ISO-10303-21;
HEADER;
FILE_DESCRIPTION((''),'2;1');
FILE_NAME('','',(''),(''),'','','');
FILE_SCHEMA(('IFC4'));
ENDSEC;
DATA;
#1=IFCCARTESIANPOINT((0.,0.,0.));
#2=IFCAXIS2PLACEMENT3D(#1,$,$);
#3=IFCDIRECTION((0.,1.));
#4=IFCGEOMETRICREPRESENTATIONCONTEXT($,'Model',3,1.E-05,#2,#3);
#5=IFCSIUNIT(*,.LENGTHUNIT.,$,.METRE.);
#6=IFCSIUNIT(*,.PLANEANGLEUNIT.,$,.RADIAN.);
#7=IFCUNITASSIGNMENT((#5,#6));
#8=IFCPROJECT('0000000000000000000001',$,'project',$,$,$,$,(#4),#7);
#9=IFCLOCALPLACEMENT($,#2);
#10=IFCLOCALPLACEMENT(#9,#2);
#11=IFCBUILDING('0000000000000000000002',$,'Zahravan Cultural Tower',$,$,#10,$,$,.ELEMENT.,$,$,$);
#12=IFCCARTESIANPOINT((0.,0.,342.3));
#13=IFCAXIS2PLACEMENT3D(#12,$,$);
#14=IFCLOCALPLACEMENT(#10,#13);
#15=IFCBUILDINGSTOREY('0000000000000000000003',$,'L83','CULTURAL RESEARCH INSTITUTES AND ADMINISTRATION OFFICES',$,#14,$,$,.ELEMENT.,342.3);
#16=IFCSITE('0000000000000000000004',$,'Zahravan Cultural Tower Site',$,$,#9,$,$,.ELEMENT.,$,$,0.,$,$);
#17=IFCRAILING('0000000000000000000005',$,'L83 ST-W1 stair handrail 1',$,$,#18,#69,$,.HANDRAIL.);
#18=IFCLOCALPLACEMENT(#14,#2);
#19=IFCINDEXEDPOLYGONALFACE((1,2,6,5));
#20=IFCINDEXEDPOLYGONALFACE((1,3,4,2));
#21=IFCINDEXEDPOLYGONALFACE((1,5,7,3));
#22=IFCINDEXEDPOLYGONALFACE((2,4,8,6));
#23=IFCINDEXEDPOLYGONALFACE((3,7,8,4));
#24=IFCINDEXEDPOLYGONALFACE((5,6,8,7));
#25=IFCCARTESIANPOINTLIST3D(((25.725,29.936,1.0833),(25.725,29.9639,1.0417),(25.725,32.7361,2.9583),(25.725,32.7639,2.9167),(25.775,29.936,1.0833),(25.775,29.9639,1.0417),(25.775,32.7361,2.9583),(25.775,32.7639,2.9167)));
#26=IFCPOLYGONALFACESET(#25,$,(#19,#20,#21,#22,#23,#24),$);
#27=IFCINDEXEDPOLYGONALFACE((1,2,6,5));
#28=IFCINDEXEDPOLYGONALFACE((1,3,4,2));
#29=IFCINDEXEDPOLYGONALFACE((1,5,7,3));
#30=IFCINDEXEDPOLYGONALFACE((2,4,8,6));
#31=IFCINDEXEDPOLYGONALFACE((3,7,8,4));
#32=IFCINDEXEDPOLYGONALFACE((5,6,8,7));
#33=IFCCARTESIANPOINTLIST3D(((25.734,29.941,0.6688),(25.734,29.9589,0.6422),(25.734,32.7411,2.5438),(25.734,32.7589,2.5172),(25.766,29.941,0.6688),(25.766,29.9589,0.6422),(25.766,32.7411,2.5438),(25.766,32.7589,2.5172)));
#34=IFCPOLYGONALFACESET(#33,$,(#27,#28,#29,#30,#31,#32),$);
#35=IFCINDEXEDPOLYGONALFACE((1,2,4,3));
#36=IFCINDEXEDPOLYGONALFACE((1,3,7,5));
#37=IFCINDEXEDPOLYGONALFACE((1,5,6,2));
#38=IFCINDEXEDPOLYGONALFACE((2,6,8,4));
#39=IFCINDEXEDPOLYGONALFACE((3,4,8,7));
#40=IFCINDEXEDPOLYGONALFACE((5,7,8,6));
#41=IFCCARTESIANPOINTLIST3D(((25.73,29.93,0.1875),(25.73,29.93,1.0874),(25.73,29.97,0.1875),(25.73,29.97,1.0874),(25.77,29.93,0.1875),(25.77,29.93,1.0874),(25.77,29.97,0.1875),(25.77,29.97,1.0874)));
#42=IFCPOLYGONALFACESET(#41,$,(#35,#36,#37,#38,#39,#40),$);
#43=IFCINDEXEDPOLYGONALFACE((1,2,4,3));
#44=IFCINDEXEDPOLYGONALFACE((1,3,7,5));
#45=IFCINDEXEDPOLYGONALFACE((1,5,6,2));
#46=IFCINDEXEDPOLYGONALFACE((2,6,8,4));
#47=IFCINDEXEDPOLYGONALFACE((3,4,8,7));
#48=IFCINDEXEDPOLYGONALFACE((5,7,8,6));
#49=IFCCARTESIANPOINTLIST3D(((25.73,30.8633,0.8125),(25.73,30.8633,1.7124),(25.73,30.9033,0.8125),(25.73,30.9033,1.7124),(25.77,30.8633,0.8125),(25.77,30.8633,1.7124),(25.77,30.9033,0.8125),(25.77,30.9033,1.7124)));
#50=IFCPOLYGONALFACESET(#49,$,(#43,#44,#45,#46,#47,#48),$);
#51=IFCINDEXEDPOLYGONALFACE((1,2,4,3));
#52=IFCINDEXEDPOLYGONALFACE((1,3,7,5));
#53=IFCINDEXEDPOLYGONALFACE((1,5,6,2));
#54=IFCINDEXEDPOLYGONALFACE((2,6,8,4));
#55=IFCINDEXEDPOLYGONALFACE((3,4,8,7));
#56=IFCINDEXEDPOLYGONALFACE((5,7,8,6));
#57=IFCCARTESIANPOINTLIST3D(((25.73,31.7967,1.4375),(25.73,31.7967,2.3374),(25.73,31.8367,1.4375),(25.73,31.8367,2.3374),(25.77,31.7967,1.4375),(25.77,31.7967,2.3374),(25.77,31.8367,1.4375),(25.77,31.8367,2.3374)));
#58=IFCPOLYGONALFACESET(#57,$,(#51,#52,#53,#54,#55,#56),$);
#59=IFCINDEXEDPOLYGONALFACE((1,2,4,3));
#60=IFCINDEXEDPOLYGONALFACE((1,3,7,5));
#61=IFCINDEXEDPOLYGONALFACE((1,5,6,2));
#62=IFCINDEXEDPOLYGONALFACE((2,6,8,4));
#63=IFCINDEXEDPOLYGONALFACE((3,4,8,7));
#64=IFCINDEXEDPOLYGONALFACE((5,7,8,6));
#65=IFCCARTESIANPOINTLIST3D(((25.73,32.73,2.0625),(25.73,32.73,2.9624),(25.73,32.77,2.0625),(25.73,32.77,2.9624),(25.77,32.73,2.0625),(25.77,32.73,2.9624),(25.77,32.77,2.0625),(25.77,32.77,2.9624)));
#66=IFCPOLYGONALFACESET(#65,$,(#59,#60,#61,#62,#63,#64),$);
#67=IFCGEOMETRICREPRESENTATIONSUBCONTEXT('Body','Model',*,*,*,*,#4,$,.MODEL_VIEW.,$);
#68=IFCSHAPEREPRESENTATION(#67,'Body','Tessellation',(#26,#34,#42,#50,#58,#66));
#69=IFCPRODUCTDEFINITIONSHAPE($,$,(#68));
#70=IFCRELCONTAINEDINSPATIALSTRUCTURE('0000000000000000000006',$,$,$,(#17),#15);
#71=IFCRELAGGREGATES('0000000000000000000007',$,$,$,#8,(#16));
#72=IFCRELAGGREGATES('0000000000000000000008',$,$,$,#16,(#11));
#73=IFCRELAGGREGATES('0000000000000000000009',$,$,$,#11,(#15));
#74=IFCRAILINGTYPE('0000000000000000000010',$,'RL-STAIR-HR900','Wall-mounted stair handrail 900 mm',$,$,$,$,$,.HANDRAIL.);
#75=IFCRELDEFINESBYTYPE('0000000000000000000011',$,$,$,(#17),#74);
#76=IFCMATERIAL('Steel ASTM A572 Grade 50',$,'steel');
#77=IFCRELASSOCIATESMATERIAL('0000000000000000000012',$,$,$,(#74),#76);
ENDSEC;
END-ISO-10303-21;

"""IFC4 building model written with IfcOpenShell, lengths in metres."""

from ifc_helpers import new_model, si_unit, direction, frame, origin, origin_2d, place, context, subcontext, project, spatial, rectangle, extrude, material, type_object, element, save


model = new_model("IFC4")

# Units and contexts
model_context = context("Model", 3, precision=1e-05, world=origin(), true_north=direction((0.0, 1.0)))
body_context = subcontext(model_context, "Body", "Model", "MODEL_VIEW")
ifc_project = project(units=[si_unit("LENGTHUNIT", "METRE"), si_unit("PLANEANGLEUNIT", "RADIAN")], contexts=[model_context])

# Site, building, storey
site_placement = place(None, origin())
site = spatial("IfcSite", under=ifc_project, at=site_placement, Name="Zahravan Cultural Tower Site", CompositionType="ELEMENT", RefElevation=0.0)
building_placement = place(site_placement, origin())
building = spatial("IfcBuilding", under=site, at=building_placement, Name="Zahravan Cultural Tower", CompositionType="ELEMENT")
storey_placement = place(building_placement, frame((0.0, 0.0, 342.3)))
storey = spatial("IfcBuildingStorey", under=building, at=storey_placement, Name="L83", Description="CULTURAL RESEARCH INSTITUTES AND ADMINISTRATION OFFICES", CompositionType="ELEMENT", Elevation=342.3)

# Shared definitions
ifc_material_1 = material(Name="Steel ASTM A572 Grade 50", Category="steel")

# Railing
railing_type = type_object("IfcRailingType", Name="RL-STAIR-HR900", Description="Wall-mounted stair handrail 900 mm", PredefinedType="HANDRAIL", material=ifc_material_1)
railing_placement = place(storey_placement, frame((25.75, 29.95, 0.1875)))
element("IfcRailing", 1, at=railing_placement, inside=storey, type_object=railing_type, Name="L83 ST-W1 stair handrail 1", PredefinedType="HANDRAIL", context=body_context, shape_type="SweptSolid", body=[
    extrude(rectangle(XDim=0.05, YDim=0.05, at=origin_2d()), frame((0.0, 0.0, 0.875), z_axis=(0.0, 0.830912, 0.556404), x_axis=(-1.0, 0.0, 0.0)), (0.0, 0.0, 1.0), 3.3699),
    extrude(rectangle(XDim=0.032, YDim=0.032, at=origin_2d()), frame((0.0, 0.0, 0.468), z_axis=(0.0, 0.830912, 0.556404), x_axis=(-1.0, 0.0, 0.0)), (0.0, 0.0, 1.0), 3.3699),
    extrude(rectangle(XDim=0.04, YDim=0.04, at=origin_2d()), origin(), (0.0, 0.0, 1.0), 0.8999),
    extrude(rectangle(XDim=0.04, YDim=0.04, at=origin_2d()), frame((0.0, 0.9333, 0.625)), (0.0, 0.0, 1.0), 0.8999),
    extrude(rectangle(XDim=0.04, YDim=0.04, at=origin_2d()), frame((0.0, 1.8667, 1.25)), (0.0, 0.0, 1.0), 0.8999),
    extrude(rectangle(XDim=0.04, YDim=0.04, at=origin_2d()), frame((0.0, 2.8, 1.875)), (0.0, 0.0, 1.0), 0.8999),
])

save(model, "model.ifc")
